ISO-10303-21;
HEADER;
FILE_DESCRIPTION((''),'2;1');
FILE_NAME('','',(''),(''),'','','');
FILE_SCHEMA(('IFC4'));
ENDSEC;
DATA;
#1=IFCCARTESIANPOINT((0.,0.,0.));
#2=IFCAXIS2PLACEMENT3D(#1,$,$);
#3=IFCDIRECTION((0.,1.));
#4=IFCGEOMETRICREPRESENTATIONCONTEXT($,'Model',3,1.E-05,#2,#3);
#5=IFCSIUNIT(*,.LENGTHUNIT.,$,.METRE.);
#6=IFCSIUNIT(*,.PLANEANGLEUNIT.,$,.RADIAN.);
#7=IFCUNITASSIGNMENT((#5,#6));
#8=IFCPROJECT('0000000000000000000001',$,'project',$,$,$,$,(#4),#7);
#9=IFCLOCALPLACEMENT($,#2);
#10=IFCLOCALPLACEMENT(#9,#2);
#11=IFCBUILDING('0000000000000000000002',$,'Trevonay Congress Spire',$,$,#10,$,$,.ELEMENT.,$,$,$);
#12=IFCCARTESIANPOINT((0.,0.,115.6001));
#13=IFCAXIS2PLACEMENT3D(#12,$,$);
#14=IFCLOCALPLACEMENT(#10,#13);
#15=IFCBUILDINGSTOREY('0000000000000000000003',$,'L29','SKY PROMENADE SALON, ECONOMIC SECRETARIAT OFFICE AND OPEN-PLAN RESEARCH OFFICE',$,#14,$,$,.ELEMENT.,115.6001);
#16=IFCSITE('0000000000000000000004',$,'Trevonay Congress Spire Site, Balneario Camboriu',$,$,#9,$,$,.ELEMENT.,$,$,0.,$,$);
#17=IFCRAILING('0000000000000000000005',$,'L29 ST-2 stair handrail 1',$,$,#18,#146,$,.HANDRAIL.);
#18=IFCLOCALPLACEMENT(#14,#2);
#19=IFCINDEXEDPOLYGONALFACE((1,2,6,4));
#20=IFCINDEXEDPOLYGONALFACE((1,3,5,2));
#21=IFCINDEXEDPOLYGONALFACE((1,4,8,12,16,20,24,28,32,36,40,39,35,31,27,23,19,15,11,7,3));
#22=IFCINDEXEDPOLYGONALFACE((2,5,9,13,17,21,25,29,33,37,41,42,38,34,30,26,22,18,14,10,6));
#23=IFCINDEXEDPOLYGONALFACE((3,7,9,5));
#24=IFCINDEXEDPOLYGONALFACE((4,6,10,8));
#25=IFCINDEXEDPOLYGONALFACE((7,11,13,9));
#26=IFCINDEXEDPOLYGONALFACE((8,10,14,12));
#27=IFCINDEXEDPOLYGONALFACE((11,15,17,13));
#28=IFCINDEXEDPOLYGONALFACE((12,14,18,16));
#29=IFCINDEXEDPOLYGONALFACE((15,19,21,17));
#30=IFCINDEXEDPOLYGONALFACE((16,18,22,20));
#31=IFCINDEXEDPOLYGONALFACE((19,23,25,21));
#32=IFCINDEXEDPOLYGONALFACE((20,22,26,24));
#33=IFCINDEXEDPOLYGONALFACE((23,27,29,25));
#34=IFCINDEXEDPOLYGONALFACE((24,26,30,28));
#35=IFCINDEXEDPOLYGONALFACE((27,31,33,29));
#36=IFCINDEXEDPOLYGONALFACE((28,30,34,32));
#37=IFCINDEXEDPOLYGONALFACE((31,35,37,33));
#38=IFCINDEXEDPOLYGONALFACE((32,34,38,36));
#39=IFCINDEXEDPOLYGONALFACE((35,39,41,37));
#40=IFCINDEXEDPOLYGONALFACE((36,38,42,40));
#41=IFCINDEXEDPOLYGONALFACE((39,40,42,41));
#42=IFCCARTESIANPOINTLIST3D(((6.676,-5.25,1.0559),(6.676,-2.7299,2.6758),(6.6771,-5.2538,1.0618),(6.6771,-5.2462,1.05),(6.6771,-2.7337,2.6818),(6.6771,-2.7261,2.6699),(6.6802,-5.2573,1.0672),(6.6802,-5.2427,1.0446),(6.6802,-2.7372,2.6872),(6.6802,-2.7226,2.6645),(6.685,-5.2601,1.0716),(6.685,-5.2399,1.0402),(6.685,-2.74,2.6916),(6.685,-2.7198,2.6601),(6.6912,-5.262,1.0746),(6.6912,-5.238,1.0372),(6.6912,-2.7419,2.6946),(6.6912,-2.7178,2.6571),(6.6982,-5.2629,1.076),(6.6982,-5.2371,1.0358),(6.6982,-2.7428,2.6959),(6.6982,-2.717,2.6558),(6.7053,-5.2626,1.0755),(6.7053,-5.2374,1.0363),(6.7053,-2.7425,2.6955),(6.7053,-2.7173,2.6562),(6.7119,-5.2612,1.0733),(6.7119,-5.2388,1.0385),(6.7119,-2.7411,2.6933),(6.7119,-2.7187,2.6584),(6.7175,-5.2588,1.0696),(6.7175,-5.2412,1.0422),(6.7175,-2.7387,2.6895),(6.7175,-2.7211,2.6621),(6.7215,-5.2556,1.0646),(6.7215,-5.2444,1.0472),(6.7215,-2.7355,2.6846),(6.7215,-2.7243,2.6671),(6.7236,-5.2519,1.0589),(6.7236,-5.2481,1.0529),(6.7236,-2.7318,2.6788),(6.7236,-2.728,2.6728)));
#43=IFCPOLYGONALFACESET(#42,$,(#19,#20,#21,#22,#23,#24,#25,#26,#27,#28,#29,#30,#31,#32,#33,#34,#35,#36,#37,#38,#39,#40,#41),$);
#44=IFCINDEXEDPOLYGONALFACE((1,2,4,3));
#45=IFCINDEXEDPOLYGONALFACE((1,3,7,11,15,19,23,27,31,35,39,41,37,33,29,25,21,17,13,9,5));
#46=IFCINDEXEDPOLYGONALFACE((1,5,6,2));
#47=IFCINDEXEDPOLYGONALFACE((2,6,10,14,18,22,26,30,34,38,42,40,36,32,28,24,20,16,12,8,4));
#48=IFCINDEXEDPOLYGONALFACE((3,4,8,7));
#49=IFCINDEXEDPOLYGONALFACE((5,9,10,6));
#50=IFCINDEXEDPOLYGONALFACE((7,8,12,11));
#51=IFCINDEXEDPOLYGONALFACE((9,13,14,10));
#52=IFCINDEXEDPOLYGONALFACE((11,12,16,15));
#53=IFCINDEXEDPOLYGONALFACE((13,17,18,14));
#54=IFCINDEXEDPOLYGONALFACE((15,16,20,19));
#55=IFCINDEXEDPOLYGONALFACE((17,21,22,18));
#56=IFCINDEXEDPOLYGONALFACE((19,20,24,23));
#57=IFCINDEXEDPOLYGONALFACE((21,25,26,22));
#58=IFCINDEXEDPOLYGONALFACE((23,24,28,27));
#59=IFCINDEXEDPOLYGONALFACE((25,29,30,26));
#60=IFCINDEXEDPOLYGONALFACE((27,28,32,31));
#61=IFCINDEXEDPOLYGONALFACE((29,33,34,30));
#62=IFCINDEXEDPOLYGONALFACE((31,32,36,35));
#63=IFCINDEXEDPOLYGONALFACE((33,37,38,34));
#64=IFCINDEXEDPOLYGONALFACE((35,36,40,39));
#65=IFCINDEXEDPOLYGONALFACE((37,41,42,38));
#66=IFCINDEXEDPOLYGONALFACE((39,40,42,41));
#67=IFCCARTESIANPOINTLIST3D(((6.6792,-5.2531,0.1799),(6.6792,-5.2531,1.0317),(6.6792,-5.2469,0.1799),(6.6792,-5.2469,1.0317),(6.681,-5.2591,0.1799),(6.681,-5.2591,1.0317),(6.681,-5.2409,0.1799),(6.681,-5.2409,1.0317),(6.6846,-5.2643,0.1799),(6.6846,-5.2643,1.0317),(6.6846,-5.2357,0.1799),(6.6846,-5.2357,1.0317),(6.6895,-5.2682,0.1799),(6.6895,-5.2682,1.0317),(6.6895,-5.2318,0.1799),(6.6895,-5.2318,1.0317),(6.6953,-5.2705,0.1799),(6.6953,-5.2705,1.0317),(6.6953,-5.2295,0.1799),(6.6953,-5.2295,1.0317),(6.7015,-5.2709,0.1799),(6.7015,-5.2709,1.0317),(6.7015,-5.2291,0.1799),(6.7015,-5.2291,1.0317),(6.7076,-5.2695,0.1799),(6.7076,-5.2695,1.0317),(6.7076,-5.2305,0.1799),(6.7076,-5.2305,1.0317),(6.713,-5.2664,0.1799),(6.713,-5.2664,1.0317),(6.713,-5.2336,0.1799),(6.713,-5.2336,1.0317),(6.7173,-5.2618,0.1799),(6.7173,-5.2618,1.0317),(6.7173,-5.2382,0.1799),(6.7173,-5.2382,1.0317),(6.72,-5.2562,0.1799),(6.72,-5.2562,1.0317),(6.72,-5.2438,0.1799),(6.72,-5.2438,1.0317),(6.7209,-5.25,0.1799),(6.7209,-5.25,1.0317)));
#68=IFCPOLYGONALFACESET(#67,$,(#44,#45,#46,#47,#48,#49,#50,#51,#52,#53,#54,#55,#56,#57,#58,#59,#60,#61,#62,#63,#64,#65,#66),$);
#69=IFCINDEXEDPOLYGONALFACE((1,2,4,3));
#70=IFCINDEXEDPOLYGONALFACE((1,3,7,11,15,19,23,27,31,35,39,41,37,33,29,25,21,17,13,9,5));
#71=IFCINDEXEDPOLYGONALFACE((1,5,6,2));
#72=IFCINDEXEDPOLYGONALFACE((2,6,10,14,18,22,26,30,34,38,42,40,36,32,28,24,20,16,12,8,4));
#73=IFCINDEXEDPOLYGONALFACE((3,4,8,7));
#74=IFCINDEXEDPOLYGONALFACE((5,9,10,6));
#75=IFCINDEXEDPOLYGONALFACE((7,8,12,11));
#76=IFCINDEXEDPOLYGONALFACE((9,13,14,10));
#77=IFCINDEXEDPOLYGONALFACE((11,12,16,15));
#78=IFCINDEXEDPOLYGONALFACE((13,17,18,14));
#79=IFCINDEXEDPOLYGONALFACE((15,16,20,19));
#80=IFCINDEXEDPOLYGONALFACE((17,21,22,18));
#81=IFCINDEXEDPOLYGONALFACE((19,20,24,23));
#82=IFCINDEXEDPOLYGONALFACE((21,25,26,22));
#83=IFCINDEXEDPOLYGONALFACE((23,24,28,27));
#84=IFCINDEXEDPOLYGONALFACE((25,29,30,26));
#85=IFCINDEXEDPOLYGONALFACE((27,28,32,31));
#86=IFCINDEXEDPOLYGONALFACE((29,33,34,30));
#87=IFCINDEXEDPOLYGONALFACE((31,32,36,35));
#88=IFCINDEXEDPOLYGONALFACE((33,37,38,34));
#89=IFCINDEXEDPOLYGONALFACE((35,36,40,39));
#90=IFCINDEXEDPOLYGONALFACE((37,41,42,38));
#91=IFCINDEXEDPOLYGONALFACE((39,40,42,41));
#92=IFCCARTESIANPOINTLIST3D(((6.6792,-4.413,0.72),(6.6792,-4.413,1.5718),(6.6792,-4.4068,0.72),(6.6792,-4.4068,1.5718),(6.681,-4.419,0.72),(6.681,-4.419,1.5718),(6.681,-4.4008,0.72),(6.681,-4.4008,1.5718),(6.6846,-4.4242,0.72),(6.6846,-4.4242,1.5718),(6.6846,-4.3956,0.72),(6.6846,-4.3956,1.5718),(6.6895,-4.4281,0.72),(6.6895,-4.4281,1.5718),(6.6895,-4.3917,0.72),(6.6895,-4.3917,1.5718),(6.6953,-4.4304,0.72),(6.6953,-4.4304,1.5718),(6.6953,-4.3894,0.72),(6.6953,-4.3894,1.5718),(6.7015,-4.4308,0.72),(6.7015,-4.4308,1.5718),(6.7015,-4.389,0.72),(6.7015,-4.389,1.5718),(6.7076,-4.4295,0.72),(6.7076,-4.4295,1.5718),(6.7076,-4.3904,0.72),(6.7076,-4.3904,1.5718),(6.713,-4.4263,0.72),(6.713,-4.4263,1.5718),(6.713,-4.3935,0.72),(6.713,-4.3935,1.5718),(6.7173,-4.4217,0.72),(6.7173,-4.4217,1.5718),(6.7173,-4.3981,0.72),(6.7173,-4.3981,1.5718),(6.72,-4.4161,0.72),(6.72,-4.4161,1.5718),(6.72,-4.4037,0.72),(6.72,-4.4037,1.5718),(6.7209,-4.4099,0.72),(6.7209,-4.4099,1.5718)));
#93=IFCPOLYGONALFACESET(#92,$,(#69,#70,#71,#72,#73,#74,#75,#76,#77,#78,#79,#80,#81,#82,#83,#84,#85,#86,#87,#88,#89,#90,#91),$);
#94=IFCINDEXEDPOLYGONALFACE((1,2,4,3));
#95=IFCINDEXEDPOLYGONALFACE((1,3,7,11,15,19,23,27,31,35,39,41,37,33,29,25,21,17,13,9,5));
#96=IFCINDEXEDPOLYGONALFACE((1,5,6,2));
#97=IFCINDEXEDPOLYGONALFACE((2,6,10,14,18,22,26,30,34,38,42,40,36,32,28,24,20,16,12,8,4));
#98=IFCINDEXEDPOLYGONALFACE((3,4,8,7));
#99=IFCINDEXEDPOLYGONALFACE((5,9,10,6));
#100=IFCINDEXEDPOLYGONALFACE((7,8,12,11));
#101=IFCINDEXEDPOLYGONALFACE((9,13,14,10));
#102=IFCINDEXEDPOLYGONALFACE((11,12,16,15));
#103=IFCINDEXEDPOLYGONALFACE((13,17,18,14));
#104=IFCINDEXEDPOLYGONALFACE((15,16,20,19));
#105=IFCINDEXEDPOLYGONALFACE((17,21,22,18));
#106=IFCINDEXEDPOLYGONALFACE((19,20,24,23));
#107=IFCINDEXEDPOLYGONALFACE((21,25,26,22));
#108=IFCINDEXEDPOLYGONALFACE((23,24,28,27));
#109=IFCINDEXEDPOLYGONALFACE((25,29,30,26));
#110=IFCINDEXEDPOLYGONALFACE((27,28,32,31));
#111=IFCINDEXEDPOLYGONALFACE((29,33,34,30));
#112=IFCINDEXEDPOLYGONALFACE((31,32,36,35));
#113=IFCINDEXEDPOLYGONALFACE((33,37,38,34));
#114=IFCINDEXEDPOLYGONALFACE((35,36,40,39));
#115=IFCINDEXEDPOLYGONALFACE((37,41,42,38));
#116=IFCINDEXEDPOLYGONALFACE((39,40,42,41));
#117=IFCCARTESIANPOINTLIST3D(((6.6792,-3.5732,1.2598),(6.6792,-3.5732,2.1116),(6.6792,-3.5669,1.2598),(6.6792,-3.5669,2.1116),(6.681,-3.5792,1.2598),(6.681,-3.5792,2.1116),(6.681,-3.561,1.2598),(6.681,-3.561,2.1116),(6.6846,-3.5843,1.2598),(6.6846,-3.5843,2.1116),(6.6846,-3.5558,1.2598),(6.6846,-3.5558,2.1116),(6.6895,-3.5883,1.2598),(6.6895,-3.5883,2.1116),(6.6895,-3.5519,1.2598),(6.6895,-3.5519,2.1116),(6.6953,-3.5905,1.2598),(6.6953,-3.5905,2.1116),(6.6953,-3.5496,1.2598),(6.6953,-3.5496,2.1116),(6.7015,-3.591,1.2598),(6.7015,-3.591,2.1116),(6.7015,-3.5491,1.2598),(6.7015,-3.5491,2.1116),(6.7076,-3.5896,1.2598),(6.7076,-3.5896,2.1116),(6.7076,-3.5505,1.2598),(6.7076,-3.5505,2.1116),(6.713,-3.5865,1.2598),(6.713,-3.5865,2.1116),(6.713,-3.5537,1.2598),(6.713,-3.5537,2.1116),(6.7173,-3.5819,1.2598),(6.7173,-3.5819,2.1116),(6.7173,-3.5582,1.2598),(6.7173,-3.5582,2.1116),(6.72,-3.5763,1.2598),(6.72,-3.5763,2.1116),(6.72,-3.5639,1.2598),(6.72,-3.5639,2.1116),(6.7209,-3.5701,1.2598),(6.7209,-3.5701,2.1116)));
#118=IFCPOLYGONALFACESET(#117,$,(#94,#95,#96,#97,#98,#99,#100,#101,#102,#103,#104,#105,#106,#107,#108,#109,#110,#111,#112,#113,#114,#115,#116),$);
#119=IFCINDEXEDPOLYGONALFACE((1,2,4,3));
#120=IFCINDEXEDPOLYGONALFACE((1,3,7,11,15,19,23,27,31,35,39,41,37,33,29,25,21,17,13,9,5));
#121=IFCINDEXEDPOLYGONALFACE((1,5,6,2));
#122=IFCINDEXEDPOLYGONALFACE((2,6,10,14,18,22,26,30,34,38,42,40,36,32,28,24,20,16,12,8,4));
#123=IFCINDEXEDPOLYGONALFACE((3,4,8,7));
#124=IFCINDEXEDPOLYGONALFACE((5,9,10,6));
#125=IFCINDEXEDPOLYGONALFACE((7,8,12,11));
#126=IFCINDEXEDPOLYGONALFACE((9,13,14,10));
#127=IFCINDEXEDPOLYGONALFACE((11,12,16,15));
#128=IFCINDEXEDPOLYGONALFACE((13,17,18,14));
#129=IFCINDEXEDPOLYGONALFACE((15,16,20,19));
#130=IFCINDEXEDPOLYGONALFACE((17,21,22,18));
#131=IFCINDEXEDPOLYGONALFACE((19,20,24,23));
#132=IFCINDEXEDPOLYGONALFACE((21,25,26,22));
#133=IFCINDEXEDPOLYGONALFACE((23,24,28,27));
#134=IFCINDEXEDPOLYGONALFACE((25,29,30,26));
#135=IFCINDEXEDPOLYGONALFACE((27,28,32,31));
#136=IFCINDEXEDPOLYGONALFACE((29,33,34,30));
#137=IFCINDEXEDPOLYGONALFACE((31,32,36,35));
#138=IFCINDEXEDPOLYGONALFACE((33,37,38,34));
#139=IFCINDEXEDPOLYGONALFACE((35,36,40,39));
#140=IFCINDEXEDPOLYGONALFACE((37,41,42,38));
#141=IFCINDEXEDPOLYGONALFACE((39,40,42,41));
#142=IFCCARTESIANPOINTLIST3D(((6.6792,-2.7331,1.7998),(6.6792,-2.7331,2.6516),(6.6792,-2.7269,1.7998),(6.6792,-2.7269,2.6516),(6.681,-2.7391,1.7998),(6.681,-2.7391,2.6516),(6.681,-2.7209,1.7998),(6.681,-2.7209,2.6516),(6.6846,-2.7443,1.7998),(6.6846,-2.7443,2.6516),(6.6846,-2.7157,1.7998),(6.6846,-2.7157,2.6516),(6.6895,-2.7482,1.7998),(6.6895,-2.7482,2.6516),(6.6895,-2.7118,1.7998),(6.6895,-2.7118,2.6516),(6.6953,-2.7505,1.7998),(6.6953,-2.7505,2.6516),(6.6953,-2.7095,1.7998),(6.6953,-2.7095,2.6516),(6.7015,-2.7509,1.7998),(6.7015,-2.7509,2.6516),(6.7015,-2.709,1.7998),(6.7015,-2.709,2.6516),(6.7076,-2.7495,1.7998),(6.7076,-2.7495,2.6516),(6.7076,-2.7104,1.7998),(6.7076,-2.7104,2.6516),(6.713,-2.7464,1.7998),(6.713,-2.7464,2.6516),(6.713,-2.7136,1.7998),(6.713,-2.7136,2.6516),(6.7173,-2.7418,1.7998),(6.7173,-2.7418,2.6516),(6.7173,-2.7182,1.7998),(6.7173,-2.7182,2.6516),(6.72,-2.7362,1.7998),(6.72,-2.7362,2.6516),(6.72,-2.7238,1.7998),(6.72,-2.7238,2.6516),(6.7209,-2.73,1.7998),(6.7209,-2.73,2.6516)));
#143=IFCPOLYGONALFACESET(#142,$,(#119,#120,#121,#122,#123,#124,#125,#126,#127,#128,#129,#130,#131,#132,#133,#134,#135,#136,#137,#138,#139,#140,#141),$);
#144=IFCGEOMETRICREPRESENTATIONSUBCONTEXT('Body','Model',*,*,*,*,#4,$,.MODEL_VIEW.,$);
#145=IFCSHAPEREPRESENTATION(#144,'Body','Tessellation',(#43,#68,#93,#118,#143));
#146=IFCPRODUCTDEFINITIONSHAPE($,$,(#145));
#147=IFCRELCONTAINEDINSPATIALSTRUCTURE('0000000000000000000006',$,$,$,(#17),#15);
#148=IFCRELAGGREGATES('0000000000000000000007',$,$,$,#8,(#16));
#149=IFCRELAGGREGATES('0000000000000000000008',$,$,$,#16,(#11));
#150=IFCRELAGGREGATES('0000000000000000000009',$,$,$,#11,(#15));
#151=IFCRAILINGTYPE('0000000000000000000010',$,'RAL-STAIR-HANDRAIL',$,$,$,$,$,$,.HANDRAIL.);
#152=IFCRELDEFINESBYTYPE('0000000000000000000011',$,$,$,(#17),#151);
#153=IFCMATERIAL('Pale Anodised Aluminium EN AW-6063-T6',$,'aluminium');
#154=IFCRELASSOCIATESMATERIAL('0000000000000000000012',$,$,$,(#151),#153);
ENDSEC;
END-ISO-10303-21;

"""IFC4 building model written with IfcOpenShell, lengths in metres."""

from ifc_helpers import new_model, si_unit, direction, frame, origin, origin_2d, place, context, subcontext, project, spatial, circle, extrude, material, type_object, element, save


model = new_model("IFC4")

# Units and contexts
model_context = context("Model", 3, precision=1e-05, world=origin(), true_north=direction((0.0, 1.0)))
body_context = subcontext(model_context, "Body", "Model", "MODEL_VIEW")
ifc_project = project(units=[si_unit("LENGTHUNIT", "METRE"), si_unit("PLANEANGLEUNIT", "RADIAN")], contexts=[model_context])

# Site, building, storey
site_placement = place(None, origin())
site = spatial("IfcSite", under=ifc_project, at=site_placement, Name="Trevonay Congress Spire Site, Balneario Camboriu", CompositionType="ELEMENT", RefElevation=0.0)
building_placement = place(site_placement, origin())
building = spatial("IfcBuilding", under=site, at=building_placement, Name="Trevonay Congress Spire", CompositionType="ELEMENT")
storey_placement = place(building_placement, frame((0.0, 0.0, 115.6001)))
storey = spatial("IfcBuildingStorey", under=building, at=storey_placement, Name="L29", Description="SKY PROMENADE SALON, ECONOMIC SECRETARIAT OFFICE AND OPEN-PLAN RESEARCH OFFICE", CompositionType="ELEMENT", Elevation=115.6001)

# Railing
ifc_material_1 = material(Name="Pale Anodised Aluminium EN AW-6063-T6", Category="aluminium")
railing_type_1 = type_object("IfcRailingType", Name="RAL-STAIR-HANDRAIL", PredefinedType="HANDRAIL", material=ifc_material_1)
railing_1_placement = place(storey_placement, frame((6.7, -5.25, 0.1799)))
element("IfcRailing", 1, at=railing_1_placement, inside=storey, type_object=railing_type_1, Name="L29 ST-2 stair handrail 1", PredefinedType="HANDRAIL", context=body_context, shape_type="SweptSolid", body=[
    extrude(circle(Radius=0.0239, at=origin_2d()), frame((0.0, 0.0, 0.876), z_axis=(0.0, 0.8412, 0.540725), x_axis=(-1.0, 0.0, 0.0)), (0.0, 0.0, 1.0), 2.9958),
    extrude(circle(Radius=0.021, at=origin_2d()), origin(), (0.0, 0.0, 1.0), 0.8518),
    extrude(circle(Radius=0.021, at=origin_2d()), frame((0.0, 0.8401, 0.54)), (0.0, 0.0, 1.0), 0.8518),
    extrude(circle(Radius=0.021, at=origin_2d()), frame((0.0, 1.6799, 1.0798)), (0.0, 0.0, 1.0), 0.8518),
    extrude(circle(Radius=0.021, at=origin_2d()), frame((0.0, 2.52, 1.6199)), (0.0, 0.0, 1.0), 0.8518),
])

save(model, "model.ifc")
